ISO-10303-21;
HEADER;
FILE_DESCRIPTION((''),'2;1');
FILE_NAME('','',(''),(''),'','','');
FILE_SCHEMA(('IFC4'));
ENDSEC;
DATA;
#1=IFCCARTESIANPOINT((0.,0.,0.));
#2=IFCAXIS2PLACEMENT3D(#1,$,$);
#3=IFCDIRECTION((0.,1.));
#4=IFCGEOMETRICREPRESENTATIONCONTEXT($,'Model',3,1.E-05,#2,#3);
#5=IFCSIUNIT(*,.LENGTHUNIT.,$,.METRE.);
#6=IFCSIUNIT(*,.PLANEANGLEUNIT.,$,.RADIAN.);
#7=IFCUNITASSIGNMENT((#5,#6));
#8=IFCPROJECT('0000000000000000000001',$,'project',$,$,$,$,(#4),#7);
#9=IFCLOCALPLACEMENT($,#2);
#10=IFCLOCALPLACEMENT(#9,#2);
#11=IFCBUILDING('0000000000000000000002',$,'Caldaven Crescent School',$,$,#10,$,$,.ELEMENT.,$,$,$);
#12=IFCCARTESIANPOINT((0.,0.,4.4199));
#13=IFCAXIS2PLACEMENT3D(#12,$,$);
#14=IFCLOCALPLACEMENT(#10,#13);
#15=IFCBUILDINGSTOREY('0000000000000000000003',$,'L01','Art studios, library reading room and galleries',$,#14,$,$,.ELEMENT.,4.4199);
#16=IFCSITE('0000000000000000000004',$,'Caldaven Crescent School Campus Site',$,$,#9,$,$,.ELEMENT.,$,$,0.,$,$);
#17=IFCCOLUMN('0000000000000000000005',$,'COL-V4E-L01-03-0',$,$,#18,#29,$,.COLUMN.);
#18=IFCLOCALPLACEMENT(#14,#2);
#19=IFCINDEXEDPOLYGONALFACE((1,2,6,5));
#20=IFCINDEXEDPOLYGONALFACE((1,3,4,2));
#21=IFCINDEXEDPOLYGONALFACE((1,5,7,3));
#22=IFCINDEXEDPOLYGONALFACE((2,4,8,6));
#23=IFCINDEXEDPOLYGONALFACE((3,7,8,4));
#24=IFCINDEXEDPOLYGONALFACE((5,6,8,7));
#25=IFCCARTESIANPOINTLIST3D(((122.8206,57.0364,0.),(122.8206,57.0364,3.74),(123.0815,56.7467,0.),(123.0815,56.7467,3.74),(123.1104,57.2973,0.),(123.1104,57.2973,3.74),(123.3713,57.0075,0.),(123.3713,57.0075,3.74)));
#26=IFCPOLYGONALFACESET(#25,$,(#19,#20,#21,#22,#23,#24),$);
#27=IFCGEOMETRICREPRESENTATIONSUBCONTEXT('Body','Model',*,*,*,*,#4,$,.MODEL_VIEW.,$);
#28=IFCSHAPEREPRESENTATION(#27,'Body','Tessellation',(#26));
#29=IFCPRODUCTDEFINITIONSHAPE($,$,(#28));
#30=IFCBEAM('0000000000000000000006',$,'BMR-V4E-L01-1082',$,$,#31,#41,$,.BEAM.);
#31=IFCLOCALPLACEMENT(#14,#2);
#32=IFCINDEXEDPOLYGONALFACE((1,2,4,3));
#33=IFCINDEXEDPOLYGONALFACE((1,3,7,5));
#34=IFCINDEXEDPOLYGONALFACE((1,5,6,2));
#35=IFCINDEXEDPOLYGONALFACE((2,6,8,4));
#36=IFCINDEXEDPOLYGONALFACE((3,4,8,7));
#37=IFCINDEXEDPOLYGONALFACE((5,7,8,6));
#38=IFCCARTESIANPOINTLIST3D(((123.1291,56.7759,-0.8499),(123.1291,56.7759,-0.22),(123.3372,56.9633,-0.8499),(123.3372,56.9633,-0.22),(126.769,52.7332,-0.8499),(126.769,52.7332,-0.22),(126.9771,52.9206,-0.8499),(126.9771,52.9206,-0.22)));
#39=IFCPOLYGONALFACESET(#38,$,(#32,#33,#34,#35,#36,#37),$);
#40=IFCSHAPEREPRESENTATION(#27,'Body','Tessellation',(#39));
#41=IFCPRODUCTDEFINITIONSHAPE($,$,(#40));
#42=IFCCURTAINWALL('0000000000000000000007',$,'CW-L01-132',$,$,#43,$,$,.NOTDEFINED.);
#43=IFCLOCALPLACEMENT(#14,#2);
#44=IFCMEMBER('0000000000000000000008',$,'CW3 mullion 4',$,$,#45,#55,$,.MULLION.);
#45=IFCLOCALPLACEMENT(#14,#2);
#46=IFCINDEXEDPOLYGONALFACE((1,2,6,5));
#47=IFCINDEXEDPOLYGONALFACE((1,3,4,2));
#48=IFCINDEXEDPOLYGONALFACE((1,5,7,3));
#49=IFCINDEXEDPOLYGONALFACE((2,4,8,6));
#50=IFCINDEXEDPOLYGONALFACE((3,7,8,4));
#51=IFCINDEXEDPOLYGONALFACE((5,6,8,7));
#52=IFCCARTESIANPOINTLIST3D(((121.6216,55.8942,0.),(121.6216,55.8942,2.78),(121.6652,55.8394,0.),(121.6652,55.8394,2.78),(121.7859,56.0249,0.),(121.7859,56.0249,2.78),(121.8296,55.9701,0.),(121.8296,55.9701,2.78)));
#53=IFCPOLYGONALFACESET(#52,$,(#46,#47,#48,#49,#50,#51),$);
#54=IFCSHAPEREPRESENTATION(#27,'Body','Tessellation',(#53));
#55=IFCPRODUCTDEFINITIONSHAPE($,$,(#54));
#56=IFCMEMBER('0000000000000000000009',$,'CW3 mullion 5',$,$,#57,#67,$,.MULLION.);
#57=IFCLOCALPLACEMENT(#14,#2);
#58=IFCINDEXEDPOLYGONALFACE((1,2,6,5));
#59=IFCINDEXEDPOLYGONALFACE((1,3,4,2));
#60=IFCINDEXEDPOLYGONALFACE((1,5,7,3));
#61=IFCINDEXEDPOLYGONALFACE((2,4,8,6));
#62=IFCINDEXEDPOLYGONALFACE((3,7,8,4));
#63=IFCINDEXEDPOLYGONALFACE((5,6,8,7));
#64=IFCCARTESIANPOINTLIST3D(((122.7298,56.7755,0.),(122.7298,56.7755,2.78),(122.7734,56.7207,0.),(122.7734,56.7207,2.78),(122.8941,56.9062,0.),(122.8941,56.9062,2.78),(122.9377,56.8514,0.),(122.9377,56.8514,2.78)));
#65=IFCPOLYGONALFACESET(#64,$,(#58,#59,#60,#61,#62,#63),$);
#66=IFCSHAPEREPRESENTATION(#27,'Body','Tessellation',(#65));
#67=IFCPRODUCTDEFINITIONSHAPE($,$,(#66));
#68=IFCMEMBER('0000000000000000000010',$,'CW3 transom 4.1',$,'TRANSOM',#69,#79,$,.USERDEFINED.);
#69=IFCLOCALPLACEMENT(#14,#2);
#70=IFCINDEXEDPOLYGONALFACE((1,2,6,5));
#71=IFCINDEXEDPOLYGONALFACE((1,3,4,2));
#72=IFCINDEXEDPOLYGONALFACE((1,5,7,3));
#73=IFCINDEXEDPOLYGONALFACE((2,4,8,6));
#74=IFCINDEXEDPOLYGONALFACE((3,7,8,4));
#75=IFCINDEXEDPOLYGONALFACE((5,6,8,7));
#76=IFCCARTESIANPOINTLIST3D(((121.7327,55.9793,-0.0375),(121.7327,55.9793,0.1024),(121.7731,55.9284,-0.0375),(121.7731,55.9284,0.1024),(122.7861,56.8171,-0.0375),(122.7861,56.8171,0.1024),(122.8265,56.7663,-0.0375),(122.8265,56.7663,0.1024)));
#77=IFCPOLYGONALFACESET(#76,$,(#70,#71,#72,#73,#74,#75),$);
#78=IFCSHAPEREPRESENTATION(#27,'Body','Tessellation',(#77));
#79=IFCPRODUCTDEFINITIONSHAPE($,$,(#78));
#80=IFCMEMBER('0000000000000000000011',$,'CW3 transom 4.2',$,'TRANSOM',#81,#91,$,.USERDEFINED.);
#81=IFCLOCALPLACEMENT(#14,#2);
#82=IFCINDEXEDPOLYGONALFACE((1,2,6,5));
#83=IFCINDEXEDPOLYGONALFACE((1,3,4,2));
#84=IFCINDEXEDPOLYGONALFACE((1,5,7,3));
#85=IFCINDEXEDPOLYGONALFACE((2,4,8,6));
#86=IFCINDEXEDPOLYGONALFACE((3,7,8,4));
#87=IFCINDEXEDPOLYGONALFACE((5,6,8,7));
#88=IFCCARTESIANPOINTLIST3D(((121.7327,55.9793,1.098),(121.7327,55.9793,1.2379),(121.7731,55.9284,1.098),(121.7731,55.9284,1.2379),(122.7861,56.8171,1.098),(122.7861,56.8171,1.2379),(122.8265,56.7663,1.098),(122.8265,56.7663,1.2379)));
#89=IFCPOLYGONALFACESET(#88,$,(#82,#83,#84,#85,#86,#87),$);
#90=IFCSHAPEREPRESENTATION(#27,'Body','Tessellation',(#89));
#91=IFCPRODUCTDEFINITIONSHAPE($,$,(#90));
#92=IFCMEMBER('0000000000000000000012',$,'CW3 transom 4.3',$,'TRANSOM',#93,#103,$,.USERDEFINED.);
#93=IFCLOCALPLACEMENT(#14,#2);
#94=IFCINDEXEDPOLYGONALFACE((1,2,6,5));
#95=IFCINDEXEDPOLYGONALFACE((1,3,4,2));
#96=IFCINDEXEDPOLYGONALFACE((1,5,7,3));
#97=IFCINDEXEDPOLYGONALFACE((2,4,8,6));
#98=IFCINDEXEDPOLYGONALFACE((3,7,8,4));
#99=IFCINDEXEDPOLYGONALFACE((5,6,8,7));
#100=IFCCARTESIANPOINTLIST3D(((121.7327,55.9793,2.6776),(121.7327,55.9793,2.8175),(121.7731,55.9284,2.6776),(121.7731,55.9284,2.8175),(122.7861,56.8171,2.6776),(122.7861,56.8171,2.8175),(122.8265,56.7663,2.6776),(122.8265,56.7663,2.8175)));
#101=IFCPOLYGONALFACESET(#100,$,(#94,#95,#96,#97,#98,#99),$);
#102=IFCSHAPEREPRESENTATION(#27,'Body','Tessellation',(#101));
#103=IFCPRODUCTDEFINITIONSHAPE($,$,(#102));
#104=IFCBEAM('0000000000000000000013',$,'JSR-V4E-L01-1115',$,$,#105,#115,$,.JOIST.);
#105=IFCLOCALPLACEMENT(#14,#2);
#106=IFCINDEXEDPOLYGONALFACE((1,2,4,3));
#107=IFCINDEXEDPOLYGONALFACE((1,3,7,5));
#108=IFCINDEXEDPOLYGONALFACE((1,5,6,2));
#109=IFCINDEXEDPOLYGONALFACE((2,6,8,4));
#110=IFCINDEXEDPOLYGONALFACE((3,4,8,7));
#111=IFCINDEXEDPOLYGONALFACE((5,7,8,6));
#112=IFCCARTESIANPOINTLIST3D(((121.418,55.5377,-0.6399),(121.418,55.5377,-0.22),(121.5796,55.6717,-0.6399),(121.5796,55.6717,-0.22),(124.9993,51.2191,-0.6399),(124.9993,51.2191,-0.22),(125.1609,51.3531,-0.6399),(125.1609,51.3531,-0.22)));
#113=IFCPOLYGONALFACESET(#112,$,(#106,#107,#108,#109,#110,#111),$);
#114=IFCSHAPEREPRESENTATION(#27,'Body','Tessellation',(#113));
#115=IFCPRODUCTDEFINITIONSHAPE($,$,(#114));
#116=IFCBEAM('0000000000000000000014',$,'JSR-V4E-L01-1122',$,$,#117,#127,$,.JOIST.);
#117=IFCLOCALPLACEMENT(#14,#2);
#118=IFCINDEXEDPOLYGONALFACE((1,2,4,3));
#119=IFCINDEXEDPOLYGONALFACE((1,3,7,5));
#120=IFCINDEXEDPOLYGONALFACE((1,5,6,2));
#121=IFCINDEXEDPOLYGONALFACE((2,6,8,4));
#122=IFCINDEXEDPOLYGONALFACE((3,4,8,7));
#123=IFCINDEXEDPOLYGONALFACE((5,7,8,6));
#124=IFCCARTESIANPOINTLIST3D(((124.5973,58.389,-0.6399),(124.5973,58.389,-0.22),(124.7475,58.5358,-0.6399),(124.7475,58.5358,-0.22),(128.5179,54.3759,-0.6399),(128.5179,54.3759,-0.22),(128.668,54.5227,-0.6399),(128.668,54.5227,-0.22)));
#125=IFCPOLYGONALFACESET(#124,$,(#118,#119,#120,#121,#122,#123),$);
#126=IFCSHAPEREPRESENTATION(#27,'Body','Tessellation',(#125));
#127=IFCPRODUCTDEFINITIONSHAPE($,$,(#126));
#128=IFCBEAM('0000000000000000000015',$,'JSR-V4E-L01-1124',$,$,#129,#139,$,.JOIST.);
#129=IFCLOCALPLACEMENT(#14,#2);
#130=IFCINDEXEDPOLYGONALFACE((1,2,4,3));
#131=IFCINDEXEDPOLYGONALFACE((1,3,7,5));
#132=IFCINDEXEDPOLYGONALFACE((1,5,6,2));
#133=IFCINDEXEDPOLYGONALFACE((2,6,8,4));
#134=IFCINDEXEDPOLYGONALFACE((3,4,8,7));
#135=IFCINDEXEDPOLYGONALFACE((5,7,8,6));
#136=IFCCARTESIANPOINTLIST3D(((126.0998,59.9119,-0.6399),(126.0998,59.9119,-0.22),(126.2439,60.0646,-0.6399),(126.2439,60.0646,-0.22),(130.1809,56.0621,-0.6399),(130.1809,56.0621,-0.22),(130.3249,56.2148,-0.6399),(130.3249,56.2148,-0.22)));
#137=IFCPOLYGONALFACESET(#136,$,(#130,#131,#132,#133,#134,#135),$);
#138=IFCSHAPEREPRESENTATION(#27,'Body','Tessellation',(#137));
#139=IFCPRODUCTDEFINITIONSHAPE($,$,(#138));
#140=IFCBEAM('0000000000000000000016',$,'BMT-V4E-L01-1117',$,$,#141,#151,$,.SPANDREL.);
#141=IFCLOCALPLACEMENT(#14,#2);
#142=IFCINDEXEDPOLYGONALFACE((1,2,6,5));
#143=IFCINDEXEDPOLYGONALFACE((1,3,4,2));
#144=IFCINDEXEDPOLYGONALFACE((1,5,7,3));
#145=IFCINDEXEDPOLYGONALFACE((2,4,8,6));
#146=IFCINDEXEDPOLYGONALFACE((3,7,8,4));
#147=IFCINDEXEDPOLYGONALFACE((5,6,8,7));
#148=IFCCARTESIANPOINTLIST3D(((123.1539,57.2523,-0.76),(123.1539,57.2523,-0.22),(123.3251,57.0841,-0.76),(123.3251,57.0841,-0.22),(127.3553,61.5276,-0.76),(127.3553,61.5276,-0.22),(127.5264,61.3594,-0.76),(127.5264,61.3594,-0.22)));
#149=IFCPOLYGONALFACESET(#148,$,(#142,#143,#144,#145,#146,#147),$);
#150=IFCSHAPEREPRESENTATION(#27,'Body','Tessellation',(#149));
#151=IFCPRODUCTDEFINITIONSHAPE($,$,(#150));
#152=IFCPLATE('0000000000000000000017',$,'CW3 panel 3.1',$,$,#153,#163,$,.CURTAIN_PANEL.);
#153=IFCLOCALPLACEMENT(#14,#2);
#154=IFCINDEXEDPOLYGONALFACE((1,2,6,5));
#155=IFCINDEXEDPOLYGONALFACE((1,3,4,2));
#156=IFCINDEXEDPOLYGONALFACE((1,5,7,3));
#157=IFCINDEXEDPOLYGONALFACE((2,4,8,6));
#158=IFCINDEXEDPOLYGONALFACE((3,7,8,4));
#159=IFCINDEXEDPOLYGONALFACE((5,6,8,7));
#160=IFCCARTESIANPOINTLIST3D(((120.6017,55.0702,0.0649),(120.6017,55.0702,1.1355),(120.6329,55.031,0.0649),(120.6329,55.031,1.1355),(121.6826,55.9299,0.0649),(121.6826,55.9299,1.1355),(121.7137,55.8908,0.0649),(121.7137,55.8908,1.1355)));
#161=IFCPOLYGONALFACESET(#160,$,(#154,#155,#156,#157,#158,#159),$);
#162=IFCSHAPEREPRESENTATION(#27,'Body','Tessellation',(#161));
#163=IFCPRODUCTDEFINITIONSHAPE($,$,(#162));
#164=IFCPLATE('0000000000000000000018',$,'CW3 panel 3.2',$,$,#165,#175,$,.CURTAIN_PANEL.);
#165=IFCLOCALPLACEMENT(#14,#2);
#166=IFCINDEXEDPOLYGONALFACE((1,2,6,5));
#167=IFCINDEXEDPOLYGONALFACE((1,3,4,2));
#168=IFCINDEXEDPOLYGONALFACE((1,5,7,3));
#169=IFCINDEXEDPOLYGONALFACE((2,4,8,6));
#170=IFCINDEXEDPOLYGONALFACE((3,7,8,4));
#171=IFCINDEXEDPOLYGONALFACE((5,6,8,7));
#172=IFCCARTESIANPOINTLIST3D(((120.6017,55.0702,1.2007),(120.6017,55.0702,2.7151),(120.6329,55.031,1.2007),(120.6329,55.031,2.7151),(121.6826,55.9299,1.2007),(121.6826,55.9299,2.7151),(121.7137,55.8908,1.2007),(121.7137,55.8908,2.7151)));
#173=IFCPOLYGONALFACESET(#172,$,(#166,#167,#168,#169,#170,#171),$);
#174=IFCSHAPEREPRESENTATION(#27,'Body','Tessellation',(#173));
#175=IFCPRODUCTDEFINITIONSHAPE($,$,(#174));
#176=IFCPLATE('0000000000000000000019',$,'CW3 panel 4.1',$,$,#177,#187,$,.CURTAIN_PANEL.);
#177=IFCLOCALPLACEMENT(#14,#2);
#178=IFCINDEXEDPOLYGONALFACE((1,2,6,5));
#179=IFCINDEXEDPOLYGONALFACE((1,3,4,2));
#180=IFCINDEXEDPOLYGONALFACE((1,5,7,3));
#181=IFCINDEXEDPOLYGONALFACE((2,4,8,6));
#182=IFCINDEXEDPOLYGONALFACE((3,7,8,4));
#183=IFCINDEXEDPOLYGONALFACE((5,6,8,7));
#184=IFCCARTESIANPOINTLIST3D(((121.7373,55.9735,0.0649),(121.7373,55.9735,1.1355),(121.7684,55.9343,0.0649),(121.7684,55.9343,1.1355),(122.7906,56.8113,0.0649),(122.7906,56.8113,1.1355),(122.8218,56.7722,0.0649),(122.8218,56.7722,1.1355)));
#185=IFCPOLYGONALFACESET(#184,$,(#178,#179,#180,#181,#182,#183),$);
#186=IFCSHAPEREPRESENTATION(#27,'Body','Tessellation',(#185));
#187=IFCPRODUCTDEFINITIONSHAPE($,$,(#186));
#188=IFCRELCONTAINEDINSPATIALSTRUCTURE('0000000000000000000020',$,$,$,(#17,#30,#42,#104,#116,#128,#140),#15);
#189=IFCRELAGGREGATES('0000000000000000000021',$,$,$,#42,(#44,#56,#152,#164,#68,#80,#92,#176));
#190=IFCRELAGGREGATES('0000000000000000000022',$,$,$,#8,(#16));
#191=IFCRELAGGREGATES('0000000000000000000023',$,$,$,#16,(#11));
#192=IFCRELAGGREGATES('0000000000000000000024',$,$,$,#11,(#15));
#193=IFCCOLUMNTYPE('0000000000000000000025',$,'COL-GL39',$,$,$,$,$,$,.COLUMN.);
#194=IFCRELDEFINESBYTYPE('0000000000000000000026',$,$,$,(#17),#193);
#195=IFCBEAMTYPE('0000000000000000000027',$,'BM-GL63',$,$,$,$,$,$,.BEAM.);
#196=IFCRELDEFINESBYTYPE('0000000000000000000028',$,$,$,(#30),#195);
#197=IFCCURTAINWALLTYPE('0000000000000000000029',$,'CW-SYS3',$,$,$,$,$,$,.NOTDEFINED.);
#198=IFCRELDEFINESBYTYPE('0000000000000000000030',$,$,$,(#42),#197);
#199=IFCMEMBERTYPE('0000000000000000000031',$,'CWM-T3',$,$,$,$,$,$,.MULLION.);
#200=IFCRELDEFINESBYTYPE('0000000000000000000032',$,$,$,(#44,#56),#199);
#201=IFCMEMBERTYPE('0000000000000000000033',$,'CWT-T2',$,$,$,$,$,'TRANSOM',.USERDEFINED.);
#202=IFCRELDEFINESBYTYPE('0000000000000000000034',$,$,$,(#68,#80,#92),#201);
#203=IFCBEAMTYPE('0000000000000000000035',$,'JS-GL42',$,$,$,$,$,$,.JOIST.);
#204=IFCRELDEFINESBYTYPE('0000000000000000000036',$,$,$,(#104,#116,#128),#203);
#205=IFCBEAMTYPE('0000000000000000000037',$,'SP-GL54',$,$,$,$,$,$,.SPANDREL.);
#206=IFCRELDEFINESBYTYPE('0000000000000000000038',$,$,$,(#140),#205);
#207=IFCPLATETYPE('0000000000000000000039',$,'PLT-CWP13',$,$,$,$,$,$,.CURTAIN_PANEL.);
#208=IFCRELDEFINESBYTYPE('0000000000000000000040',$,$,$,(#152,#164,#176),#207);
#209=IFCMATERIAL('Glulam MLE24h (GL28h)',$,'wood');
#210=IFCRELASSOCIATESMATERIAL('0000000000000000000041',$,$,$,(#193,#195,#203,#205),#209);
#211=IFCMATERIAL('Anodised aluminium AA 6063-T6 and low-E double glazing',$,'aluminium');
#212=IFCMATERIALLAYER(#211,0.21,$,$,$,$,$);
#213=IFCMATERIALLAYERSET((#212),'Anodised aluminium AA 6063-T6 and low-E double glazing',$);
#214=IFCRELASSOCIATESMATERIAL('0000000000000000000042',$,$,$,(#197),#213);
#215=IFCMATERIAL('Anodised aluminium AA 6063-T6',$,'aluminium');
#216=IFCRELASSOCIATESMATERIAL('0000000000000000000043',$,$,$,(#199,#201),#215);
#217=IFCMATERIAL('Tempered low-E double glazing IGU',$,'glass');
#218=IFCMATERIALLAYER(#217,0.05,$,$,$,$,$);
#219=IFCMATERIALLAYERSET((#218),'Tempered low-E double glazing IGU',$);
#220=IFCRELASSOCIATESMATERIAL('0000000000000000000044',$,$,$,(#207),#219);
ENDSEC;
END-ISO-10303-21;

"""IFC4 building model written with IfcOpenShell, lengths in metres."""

from ifc_helpers import new_model, si_unit, direction, frame, origin, origin_2d, place, context, subcontext, project, spatial, rectangle, extrude, material, layer, layer_set, material_profile, profile_set, type_object, element, aggregate, save


model = new_model("IFC4")

# Units and contexts
model_context = context("Model", 3, precision=1e-05, world=origin(), true_north=direction((0.0, 1.0)))
body_context = subcontext(model_context, "Body", "Model", "MODEL_VIEW")
ifc_project = project(units=[si_unit("LENGTHUNIT", "METRE"), si_unit("PLANEANGLEUNIT", "RADIAN")], contexts=[model_context])

# Site, building, storey
site_placement = place(None, origin())
site = spatial("IfcSite", under=ifc_project, at=site_placement, Name="Caldaven Crescent School Campus Site", CompositionType="ELEMENT", RefElevation=0.0)
building_placement = place(site_placement, origin())
building = spatial("IfcBuilding", under=site, at=building_placement, Name="Caldaven Crescent School", CompositionType="ELEMENT")
storey_placement = place(building_placement, frame((0.0, 0.0, 4.4199)))
storey = spatial("IfcBuildingStorey", under=building, at=storey_placement, Name="L01", Description="Art studios, library reading room and galleries", CompositionType="ELEMENT", Elevation=4.4199)

# Column
ifc_material_1 = material(Name="Glulam MLE24h (GL28h)", Category="wood")
ifc_material_profile_1 = material_profile(ifc_material_1, rectangle(XDim=0.3899, YDim=0.3899, at=origin_2d()), Name="MLE 390x390")
ifc_profile_set_1 = profile_set([ifc_material_profile_1], Name="Glulam MLE24h (GL28h)")
column_type = type_object("IfcColumnType", Name="COL-GL39", PredefinedType="COLUMN", material=ifc_profile_set_1)
column_placement = place(storey_placement, frame((123.0959, 57.022, 0.0), z_axis=(0.0, 0.0, 1.0), x_axis=(0.669131, -0.743145, 0.0)))
element("IfcColumn", 1, at=column_placement, inside=storey, type_object=column_type, Name="COL-V4E-L01-03-0", PredefinedType="COLUMN", context=body_context, shape_type="SweptSolid", body=[
    extrude(rectangle(XDim=0.3899, YDim=0.3899, at=origin_2d()), origin(), (0.0, 0.0, 1.0), 3.74),
])

# Beam
ifc_material_profile_2 = material_profile(ifc_material_1, rectangle(XDim=0.28, YDim=0.6299, at=origin_2d()), Name="MLE 280x630")
ifc_profile_set_2 = profile_set([ifc_material_profile_2], Name="Glulam MLE24h (GL28h)")
beam_type_1 = type_object("IfcBeamType", Name="BM-GL63", PredefinedType="BEAM", material=ifc_profile_set_2)
beam_1_placement = place(storey_placement, frame((123.2332, 56.8696, -0.5349), z_axis=(0.669111, -0.743162, 0.0), x_axis=(0.743162, 0.669111, 0.0)))
element("IfcBeam", 2, at=beam_1_placement, inside=storey, type_object=beam_type_1, Name="BMR-V4E-L01-1082", PredefinedType="BEAM", context=body_context, shape_type="SweptSolid", body=[
    extrude(rectangle(XDim=0.28, YDim=0.6299, at=origin_2d()), origin(), (0.0, 0.0, 1.0), 5.4399),
])

# Curtain wall, members
ifc_material_2 = material(Name="Anodised aluminium AA 6063-T6 and low-E double glazing", Category="aluminium")
ifc_layer_1 = layer(ifc_material_2, 0.21)
ifc_layer_set_1 = layer_set([ifc_layer_1], Name="Anodised aluminium AA 6063-T6 and low-E double glazing")
curtain_wall_type = type_object("IfcCurtainWallType", Name="CW-SYS3", PredefinedType="NOTDEFINED", material=ifc_layer_set_1)
curtain_wall_placement = place(storey_placement, origin())
curtain_wall = element("IfcCurtainWall", 3, at=curtain_wall_placement, inside=storey, type_object=curtain_wall_type, Name="CW-L01-132", PredefinedType="NOTDEFINED")
ifc_material_3 = material(Name="Anodised aluminium AA 6063-T6", Category="aluminium")
ifc_material_profile_3 = material_profile(ifc_material_3, rectangle(XDim=0.0701, YDim=0.21, at=origin_2d()), Name="CWM 70x210")
ifc_profile_set_3 = profile_set([ifc_material_profile_3], Name="Anodised aluminium AA 6063-T6")
member_type_1 = type_object("IfcMemberType", Name="CWM-T3", PredefinedType="MULLION", material=ifc_profile_set_3)
member_1_placement = place(storey_placement, frame((121.7256, 55.9321, 0.0), z_axis=(0.0, 0.0, 1.0), x_axis=(-0.622515, 0.782608, 0.0)))
member_1 = element("IfcMember", 4, at=member_1_placement, type_object=member_type_1, Name="CW3 mullion 4", PredefinedType="MULLION", context=body_context, shape_type="SweptSolid", body=[
    extrude(rectangle(XDim=0.0701, YDim=0.21, at=origin_2d()), origin(), (0.0, 0.0, 1.0), 2.78),
])
member_2_placement = place(storey_placement, frame((122.8337, 56.8135, 0.0), z_axis=(0.0, 0.0, 1.0), x_axis=(-0.622515, 0.782608, 0.0)))
member_2 = element("IfcMember", 5, at=member_2_placement, type_object=member_type_1, Name="CW3 mullion 5", PredefinedType="MULLION", context=body_context, shape_type="SweptSolid", body=[
    extrude(rectangle(XDim=0.0701, YDim=0.21, at=origin_2d()), origin(), (0.0, 0.0, 1.0), 2.78),
])
ifc_material_profile_4 = material_profile(ifc_material_3, rectangle(XDim=0.0649, YDim=0.1399, at=origin_2d()), Name="CWT 65x140")
ifc_profile_set_4 = profile_set([ifc_material_profile_4], Name="Anodised aluminium AA 6063-T6")
member_type_2 = type_object("IfcMemberType", Name="CWT-T2", ElementType="TRANSOM", PredefinedType="USERDEFINED", material=ifc_profile_set_4)
member_3_placement = place(storey_placement, frame((121.7529, 55.9539, 0.0325), z_axis=(0.782635, 0.622481, 0.0), x_axis=(-0.622481, 0.782635, 0.0)))
member_3 = element("IfcMember", 6, at=member_3_placement, type_object=member_type_2, Name="CW3 transom 4.1", ObjectType="TRANSOM", PredefinedType="USERDEFINED", context=body_context, shape_type="SweptSolid", body=[
    extrude(rectangle(XDim=0.0649, YDim=0.1399, at=origin_2d()), origin(), (0.0, 0.0, 1.0), 1.3459),
])
member_4_placement = place(storey_placement, frame((121.7529, 55.9539, 1.168), z_axis=(0.782635, 0.622481, 0.0), x_axis=(-0.622481, 0.782635, 0.0)))
member_4 = element("IfcMember", 7, at=member_4_placement, type_object=member_type_2, Name="CW3 transom 4.2", ObjectType="TRANSOM", PredefinedType="USERDEFINED", context=body_context, shape_type="SweptSolid", body=[
    extrude(rectangle(XDim=0.0649, YDim=0.1399, at=origin_2d()), origin(), (0.0, 0.0, 1.0), 1.3459),
])
member_5_placement = place(storey_placement, frame((121.7529, 55.9539, 2.7476), z_axis=(0.782635, 0.622481, 0.0), x_axis=(-0.622481, 0.782635, 0.0)))
member_5 = element("IfcMember", 8, at=member_5_placement, type_object=member_type_2, Name="CW3 transom 4.3", ObjectType="TRANSOM", PredefinedType="USERDEFINED", context=body_context, shape_type="SweptSolid", body=[
    extrude(rectangle(XDim=0.0649, YDim=0.1399, at=origin_2d()), origin(), (0.0, 0.0, 1.0), 1.3459),
])

# Beams
ifc_material_profile_5 = material_profile(ifc_material_1, rectangle(XDim=0.21, YDim=0.4199, at=origin_2d()), Name="MLE 210x420")
ifc_profile_set_5 = profile_set([ifc_material_profile_5], Name="Glulam MLE24h (GL28h)")
beam_type_2 = type_object("IfcBeamType", Name="JS-GL42", PredefinedType="JOIST", material=ifc_profile_set_5)
for number, where, z_axis, x_axis, name in (
    (9, (121.4988, 55.6047, -0.4299), (0.638338, -0.769756, 0.0), (0.769756, 0.638338, 0.0), "JSR-V4E-L01-1115"),
    (10, (124.6724, 58.4624, -0.4299), (0.698813, -0.715305, 0.0), (0.715305, 0.698813, 0.0), "JSR-V4E-L01-1122"),
    (11, (126.1719, 59.9883, -0.4299), (0.727411, -0.686202, 0.0), (0.686202, 0.727411, 0.0), "JSR-V4E-L01-1124"),
):
    element("IfcBeam", number, at=place(storey_placement, frame(where, z_axis=z_axis, x_axis=x_axis)), inside=storey, type_object=beam_type_2, Name=name, PredefinedType="JOIST", context=body_context, shape_type="SweptSolid", body=[
        extrude(rectangle(XDim=0.21, YDim=0.4199, at=origin_2d()), origin(), (0.0, 0.0, 1.0), 5.6104),
    ])
ifc_material_profile_6 = material_profile(ifc_material_1, rectangle(XDim=0.24, YDim=0.54, at=origin_2d()), Name="MLE 240x540")
ifc_profile_set_6 = profile_set([ifc_material_profile_6], Name="Glulam MLE24h (GL28h)")
beam_type_3 = type_object("IfcBeamType", Name="SP-GL54", PredefinedType="SPANDREL", material=ifc_profile_set_6)
beam_2_placement = place(storey_placement, frame((123.2395, 57.1682, -0.49), z_axis=(0.700909, 0.71325, 0.0), x_axis=(-0.71325, 0.700909, 0.0)))
element("IfcBeam", 12, at=beam_2_placement, inside=storey, type_object=beam_type_3, Name="BMT-V4E-L01-1117", PredefinedType="SPANDREL", context=body_context, shape_type="SweptSolid", body=[
    extrude(rectangle(XDim=0.24, YDim=0.54, at=origin_2d()), origin(), (0.0, 0.0, 1.0), 5.9941),
])

# Plates
ifc_material_4 = material(Name="Tempered low-E double glazing IGU", Category="glass")
ifc_layer_2 = layer(ifc_material_4, 0.05)
ifc_layer_set_2 = layer_set([ifc_layer_2], Name="Tempered low-E double glazing IGU")
plate_type = type_object("IfcPlateType", Name="PLT-CWP13", PredefinedType="CURTAIN_PANEL", material=ifc_layer_set_2)
plate_1_placement = place(storey_placement, frame((121.1577, 55.4805, 0.0649), z_axis=(0.0, 0.0, 1.0), x_axis=(0.782608, 0.622515, 0.0)))
plate_1 = element("IfcPlate", 13, at=plate_1_placement, type_object=plate_type, Name="CW3 panel 3.1", PredefinedType="CURTAIN_PANEL", context=body_context, shape_type="SweptSolid", body=[
    extrude(rectangle(XDim=1.3811, YDim=0.05, at=origin_2d()), origin(), (0.0, 0.0, 1.0), 1.0706),
])
plate_2_placement = place(storey_placement, frame((121.1577, 55.4805, 1.2007), z_axis=(0.0, 0.0, 1.0), x_axis=(0.782608, 0.622515, 0.0)))
plate_2 = element("IfcPlate", 14, at=plate_2_placement, type_object=plate_type, Name="CW3 panel 3.2", PredefinedType="CURTAIN_PANEL", context=body_context, shape_type="SweptSolid", body=[
    extrude(rectangle(XDim=1.3811, YDim=0.05, at=origin_2d()), origin(), (0.0, 0.0, 1.0), 1.5144),
])
plate_3_placement = place(storey_placement, frame((122.2795, 56.3728, 0.0649), z_axis=(0.0, 0.0, 1.0), x_axis=(0.782608, 0.622515, 0.0)))
plate_3 = element("IfcPlate", 15, at=plate_3_placement, type_object=plate_type, Name="CW3 panel 4.1", PredefinedType="CURTAIN_PANEL", context=body_context, shape_type="SweptSolid", body=[
    extrude(rectangle(XDim=1.3459, YDim=0.05, at=origin_2d()), origin(), (0.0, 0.0, 1.0), 1.0706),
])
aggregate(curtain_wall, [member_1, member_2, plate_1, plate_2, member_3, member_4, member_5, plate_3])

save(model, "model.ifc")
